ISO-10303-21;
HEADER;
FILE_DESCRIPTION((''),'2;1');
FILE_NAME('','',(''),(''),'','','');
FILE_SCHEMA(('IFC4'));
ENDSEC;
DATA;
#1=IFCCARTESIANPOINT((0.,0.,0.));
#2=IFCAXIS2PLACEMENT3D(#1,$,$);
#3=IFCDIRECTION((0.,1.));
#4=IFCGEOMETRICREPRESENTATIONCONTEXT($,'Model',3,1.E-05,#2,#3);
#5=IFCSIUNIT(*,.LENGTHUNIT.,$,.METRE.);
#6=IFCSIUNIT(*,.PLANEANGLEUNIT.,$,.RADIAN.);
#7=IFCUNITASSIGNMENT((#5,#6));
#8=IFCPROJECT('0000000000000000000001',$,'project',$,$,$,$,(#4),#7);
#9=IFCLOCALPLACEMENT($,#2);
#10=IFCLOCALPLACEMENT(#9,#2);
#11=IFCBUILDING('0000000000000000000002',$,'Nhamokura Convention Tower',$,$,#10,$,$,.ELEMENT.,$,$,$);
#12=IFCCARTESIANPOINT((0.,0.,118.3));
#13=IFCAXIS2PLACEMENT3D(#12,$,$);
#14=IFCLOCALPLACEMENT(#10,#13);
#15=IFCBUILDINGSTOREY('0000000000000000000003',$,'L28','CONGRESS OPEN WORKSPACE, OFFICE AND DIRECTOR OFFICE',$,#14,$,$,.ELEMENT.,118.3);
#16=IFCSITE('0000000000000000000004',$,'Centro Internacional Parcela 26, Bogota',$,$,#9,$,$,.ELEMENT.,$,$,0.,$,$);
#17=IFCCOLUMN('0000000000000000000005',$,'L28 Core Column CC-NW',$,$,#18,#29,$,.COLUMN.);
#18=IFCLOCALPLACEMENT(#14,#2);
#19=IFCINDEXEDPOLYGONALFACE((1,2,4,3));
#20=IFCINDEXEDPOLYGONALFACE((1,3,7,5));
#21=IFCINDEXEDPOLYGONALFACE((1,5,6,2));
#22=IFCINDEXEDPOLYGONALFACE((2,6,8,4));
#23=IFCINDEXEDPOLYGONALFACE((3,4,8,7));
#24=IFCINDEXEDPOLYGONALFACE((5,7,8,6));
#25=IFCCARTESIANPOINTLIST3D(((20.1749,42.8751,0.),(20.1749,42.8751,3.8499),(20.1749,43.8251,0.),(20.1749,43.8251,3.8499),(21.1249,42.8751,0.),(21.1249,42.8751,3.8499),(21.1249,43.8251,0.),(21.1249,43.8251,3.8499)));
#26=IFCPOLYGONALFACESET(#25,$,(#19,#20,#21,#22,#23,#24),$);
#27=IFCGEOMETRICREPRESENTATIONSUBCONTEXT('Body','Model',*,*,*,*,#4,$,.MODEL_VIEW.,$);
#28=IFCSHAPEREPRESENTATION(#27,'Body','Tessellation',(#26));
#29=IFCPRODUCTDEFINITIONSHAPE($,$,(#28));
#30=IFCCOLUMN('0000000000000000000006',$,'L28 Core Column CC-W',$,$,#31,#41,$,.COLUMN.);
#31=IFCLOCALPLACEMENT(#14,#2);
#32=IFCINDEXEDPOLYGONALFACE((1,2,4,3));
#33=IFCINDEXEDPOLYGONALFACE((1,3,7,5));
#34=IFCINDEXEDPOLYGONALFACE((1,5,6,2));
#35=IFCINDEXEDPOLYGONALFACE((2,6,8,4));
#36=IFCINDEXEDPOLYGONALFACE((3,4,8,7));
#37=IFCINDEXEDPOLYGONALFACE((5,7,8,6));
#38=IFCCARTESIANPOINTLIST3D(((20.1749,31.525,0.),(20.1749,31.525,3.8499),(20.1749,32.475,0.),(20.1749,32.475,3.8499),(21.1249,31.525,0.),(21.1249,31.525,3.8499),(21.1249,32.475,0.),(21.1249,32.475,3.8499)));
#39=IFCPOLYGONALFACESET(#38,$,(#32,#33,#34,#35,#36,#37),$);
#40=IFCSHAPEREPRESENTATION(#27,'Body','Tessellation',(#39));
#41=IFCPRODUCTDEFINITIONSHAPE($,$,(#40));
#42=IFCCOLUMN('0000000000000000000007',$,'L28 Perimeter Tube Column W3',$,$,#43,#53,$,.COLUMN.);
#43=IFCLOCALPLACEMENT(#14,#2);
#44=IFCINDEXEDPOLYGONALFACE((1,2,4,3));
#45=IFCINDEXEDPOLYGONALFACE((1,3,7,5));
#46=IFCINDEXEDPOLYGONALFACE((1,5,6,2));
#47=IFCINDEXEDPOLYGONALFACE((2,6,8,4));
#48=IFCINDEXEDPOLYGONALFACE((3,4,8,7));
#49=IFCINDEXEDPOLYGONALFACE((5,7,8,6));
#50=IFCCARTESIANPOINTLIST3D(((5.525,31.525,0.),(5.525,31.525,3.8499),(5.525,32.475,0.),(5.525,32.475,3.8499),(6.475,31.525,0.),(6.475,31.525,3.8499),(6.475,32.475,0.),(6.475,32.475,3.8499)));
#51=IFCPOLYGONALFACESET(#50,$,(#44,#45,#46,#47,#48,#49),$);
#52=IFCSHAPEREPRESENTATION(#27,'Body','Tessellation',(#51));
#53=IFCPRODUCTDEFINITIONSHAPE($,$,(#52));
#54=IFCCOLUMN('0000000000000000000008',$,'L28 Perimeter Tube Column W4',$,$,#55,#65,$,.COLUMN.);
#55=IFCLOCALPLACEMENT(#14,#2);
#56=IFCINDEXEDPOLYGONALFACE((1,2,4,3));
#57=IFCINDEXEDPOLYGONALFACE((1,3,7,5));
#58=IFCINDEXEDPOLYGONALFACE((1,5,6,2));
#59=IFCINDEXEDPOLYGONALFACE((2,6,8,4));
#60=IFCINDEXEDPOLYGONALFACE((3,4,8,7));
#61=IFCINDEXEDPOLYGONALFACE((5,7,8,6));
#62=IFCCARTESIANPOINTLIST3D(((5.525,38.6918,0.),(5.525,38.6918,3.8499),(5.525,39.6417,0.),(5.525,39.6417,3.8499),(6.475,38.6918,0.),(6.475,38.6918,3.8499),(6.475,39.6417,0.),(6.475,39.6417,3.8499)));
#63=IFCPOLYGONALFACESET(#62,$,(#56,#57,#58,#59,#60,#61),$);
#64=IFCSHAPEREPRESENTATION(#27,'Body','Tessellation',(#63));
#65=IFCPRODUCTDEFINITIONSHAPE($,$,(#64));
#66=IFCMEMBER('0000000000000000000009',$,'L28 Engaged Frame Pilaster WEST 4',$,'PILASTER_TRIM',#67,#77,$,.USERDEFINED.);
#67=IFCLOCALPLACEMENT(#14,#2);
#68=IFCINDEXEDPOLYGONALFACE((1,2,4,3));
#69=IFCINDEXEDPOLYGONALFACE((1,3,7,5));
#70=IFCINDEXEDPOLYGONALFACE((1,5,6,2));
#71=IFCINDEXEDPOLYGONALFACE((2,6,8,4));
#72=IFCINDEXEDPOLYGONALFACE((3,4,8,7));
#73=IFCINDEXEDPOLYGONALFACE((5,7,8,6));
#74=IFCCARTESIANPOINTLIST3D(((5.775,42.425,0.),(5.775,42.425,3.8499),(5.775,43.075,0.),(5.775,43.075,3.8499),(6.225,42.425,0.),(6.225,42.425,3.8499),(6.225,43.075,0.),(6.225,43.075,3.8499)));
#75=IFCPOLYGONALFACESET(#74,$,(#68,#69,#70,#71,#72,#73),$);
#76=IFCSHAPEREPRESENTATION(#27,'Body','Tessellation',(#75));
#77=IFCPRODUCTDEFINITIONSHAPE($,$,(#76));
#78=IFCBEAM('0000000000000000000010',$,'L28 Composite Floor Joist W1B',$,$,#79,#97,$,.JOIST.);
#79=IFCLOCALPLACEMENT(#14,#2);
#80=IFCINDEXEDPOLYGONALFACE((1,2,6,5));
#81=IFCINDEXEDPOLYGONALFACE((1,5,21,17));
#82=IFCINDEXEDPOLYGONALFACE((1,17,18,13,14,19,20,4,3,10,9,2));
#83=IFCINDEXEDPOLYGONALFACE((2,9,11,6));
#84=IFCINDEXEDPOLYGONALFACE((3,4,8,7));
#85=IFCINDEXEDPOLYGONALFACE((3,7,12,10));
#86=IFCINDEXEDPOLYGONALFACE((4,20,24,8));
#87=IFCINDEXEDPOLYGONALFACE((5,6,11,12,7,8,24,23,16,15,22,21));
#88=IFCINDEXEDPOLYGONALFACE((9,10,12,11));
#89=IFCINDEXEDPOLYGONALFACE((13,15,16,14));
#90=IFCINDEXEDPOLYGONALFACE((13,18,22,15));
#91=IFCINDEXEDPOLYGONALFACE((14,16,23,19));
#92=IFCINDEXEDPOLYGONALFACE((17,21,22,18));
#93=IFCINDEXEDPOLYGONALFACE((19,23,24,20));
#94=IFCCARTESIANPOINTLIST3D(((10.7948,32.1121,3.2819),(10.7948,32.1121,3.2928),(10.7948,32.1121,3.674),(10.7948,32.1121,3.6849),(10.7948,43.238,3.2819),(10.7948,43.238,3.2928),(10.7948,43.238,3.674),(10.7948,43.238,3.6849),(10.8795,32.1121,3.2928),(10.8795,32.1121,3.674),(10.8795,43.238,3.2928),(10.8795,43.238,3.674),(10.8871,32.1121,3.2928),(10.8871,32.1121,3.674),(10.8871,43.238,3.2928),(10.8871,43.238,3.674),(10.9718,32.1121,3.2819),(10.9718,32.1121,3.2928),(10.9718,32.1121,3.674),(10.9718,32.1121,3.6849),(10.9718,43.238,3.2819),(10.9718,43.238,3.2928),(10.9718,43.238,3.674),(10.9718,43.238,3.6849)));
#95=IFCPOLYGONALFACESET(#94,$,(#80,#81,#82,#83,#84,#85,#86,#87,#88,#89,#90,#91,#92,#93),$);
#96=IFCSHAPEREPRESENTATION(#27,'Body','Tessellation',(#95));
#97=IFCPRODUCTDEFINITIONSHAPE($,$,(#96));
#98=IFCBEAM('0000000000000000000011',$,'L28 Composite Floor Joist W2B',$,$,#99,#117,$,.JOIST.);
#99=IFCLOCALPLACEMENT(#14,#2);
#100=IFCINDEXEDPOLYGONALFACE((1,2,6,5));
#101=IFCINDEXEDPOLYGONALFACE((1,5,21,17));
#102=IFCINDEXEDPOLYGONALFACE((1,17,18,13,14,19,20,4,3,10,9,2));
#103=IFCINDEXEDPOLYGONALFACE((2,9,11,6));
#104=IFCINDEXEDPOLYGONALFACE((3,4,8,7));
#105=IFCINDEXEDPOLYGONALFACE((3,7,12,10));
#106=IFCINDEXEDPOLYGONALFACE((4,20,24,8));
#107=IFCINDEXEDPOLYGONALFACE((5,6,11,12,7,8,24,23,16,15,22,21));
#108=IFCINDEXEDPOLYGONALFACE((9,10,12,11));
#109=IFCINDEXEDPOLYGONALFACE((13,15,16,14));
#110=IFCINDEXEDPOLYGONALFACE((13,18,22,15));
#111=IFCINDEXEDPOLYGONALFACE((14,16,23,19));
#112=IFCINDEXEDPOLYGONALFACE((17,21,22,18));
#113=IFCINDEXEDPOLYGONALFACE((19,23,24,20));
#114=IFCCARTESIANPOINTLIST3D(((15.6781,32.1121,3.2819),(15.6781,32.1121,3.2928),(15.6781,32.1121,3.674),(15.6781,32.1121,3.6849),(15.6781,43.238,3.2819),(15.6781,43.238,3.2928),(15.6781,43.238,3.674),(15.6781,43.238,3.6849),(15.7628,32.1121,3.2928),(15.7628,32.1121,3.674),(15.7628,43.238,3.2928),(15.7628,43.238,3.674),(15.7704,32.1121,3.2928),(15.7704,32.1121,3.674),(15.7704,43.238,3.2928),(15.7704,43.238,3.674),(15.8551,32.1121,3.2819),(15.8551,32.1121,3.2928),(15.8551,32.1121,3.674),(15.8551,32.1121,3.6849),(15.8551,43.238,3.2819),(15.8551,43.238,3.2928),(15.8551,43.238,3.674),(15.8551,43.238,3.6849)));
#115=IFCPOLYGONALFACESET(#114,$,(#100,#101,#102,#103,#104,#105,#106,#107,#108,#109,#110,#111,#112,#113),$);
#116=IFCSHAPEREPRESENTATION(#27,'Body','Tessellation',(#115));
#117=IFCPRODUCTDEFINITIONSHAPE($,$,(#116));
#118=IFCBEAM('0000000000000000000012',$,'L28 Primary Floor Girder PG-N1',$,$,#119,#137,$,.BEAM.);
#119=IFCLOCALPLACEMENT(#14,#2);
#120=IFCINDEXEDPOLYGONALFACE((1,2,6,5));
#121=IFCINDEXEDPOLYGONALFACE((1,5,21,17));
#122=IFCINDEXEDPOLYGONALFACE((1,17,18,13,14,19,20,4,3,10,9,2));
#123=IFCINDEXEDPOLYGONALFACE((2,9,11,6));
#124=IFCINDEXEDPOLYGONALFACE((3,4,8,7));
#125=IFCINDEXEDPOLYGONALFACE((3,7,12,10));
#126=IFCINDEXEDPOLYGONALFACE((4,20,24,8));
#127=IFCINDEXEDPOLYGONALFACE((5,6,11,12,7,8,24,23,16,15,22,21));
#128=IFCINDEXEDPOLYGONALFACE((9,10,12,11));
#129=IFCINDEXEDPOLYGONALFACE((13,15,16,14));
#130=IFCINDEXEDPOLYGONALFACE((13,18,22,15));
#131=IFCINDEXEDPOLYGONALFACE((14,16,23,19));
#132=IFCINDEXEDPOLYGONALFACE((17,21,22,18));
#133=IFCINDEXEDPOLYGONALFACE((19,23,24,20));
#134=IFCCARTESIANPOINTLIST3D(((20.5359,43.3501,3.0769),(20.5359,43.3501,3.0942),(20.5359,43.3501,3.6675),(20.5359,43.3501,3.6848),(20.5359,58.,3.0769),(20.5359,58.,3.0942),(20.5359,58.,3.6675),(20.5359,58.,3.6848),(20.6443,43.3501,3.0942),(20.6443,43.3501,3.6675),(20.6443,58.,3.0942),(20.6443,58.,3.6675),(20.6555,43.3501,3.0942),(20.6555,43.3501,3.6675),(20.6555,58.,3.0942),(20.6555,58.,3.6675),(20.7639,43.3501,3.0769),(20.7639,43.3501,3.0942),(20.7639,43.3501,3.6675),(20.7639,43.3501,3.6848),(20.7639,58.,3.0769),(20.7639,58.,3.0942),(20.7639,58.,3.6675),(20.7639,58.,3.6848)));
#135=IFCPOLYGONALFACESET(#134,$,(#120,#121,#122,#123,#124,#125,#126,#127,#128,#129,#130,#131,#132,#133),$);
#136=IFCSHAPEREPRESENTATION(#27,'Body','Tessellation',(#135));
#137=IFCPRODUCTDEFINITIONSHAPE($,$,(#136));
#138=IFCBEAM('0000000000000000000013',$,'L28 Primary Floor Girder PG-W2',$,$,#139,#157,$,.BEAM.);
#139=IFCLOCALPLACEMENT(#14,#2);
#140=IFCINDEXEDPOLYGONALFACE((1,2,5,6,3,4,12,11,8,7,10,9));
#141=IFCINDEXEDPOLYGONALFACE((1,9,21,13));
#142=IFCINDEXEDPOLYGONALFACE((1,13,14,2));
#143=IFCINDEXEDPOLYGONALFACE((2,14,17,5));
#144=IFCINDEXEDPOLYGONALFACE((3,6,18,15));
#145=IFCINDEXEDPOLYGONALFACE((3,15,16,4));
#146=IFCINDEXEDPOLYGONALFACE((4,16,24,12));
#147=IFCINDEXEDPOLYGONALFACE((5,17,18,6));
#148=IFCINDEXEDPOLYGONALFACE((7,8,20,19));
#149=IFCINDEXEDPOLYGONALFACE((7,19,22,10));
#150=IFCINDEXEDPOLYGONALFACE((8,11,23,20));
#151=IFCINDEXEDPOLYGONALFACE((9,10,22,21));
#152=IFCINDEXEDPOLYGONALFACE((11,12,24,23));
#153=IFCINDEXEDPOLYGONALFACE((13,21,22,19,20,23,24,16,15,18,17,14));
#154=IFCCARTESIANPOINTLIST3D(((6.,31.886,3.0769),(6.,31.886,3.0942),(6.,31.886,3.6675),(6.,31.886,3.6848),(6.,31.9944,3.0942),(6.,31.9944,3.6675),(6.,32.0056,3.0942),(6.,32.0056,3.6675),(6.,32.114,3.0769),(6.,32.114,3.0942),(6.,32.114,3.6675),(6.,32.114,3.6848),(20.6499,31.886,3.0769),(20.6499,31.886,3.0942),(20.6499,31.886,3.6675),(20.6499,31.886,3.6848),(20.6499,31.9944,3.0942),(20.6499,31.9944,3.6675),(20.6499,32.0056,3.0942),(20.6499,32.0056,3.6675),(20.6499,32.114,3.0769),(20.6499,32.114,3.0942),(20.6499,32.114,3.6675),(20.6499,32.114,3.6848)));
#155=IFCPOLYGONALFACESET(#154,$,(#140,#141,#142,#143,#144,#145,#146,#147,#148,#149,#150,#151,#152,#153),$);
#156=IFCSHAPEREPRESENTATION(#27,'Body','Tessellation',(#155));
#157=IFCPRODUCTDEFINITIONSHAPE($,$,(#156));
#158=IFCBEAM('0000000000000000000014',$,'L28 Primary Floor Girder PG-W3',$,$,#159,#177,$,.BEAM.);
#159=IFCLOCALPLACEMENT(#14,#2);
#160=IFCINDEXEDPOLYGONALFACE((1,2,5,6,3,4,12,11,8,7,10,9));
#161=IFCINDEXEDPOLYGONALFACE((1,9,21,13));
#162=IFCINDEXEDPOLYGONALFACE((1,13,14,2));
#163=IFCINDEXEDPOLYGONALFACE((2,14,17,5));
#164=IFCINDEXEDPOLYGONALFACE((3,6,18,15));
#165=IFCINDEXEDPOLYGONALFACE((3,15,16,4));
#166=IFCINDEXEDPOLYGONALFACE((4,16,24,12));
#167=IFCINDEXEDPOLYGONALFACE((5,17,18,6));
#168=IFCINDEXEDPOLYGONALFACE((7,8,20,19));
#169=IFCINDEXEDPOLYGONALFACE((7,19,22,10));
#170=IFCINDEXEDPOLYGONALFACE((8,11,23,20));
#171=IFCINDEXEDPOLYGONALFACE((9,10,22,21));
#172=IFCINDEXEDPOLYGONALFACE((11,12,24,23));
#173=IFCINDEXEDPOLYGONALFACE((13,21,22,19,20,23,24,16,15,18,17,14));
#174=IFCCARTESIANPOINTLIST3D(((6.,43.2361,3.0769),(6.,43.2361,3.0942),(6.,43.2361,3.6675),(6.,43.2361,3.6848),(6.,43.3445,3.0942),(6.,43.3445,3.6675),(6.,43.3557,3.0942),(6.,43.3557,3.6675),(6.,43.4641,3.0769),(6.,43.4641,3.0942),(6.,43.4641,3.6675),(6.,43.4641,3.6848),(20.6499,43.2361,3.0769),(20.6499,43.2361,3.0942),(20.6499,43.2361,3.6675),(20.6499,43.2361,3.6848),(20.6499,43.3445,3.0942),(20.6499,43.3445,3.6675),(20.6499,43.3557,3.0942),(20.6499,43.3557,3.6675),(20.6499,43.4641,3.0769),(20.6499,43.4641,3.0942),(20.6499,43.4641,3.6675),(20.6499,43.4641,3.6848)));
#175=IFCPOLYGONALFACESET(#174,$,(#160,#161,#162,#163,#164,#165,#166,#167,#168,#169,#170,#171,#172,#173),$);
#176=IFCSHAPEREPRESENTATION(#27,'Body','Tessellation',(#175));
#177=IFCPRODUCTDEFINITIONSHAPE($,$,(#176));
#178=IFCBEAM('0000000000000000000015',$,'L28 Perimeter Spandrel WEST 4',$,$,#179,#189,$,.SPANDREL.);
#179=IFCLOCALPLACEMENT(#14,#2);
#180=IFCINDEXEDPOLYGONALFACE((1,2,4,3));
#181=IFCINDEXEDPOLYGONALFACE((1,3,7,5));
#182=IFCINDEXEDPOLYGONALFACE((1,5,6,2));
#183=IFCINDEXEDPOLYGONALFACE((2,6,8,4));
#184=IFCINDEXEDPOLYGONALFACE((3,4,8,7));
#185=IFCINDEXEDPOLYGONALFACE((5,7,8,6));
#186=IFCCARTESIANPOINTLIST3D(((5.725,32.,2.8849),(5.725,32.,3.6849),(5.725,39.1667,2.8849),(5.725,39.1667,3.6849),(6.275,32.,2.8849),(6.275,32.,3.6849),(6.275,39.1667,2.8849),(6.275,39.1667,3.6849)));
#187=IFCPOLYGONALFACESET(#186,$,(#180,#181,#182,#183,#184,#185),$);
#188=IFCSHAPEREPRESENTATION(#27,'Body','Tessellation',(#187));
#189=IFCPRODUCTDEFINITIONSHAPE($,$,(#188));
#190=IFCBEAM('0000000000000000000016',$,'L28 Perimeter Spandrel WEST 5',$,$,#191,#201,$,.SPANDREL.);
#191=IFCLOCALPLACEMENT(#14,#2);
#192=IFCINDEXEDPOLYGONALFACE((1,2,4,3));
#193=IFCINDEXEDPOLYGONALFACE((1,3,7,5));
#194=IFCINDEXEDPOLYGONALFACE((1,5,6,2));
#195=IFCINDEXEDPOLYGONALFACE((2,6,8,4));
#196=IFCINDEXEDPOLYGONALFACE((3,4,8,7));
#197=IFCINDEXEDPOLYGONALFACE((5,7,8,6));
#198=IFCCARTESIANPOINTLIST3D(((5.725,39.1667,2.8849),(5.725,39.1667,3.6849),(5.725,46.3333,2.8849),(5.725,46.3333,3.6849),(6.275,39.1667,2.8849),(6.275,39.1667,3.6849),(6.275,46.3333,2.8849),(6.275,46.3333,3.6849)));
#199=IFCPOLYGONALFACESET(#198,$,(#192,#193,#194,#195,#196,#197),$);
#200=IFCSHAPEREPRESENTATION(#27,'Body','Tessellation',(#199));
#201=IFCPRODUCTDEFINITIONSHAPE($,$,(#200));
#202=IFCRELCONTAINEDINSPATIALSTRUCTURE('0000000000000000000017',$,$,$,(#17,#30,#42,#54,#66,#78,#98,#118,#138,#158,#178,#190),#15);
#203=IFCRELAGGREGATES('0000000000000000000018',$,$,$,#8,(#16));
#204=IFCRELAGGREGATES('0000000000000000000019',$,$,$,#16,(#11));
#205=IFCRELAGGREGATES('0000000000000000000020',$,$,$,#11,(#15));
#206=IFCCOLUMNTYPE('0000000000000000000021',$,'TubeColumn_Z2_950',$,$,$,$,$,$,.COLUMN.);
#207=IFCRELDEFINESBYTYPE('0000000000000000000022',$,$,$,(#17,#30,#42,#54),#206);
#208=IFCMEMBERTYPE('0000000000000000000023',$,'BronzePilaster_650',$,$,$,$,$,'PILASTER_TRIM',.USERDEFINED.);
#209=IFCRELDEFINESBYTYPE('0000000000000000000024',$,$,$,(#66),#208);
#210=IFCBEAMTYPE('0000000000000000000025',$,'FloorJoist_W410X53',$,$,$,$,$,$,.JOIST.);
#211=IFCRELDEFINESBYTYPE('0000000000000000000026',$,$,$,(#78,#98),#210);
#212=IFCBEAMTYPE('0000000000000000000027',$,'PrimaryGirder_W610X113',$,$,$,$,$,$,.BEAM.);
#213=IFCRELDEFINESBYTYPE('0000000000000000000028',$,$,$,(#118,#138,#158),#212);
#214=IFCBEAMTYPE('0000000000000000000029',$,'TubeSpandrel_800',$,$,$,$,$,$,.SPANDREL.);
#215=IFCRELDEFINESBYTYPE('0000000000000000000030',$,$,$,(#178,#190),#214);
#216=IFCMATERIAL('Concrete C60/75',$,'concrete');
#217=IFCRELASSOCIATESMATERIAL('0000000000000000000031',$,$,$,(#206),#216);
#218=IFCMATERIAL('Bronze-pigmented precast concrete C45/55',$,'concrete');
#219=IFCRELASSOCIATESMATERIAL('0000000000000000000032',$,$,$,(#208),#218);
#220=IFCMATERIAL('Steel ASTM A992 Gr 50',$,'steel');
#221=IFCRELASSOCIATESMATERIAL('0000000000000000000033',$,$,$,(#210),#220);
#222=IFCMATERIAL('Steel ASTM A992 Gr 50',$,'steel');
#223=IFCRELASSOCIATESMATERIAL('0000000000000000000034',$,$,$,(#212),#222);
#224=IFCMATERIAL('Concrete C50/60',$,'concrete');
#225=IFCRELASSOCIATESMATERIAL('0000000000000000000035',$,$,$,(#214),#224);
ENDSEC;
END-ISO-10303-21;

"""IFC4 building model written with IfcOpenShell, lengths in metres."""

from ifc_helpers import new_model, si_unit, direction, frame, origin, origin_2d, place, context, subcontext, project, spatial, rectangle, i_section, extrude, material, material_profile, profile_set, type_object, element, save


model = new_model("IFC4")

# Units and contexts
model_context = context("Model", 3, precision=1e-05, world=origin(), true_north=direction((0.0, 1.0)))
body_context = subcontext(model_context, "Body", "Model", "MODEL_VIEW")
ifc_project = project(units=[si_unit("LENGTHUNIT", "METRE"), si_unit("PLANEANGLEUNIT", "RADIAN")], contexts=[model_context])

# Site, building, storey
site_placement = place(None, origin())
site = spatial("IfcSite", under=ifc_project, at=site_placement, Name="Centro Internacional Parcela 26, Bogota", CompositionType="ELEMENT", RefElevation=0.0)
building_placement = place(site_placement, origin())
building = spatial("IfcBuilding", under=site, at=building_placement, Name="Nhamokura Convention Tower", CompositionType="ELEMENT")
storey_placement = place(building_placement, frame((0.0, 0.0, 118.3)))
storey = spatial("IfcBuildingStorey", under=building, at=storey_placement, Name="L28", Description="CONGRESS OPEN WORKSPACE, OFFICE AND DIRECTOR OFFICE", CompositionType="ELEMENT", Elevation=118.3)

# Columns
ifc_material_1 = material(Name="Concrete C60/75", Category="concrete")
ifc_material_profile_1 = material_profile(ifc_material_1, rectangle(XDim=0.95, YDim=0.95, at=origin_2d()))
ifc_profile_set_1 = profile_set([ifc_material_profile_1], Name="Concrete C60/75")
column_type = type_object("IfcColumnType", Name="TubeColumn_Z2_950", PredefinedType="COLUMN", material=ifc_profile_set_1)
for number, where, z_axis, x_axis, name in (
    (1, (20.6499, 43.3501, 0.0), (0.0, 0.0, 1.0), (1.0, 0.0, 0.0), "L28 Core Column CC-NW"),
    (2, (20.6499, 32.0, 0.0), (0.0, 0.0, 1.0), (1.0, 0.0, 0.0), "L28 Core Column CC-W"),
    (3, (6.0, 32.0, 0.0), (0.0, 0.0, 1.0), (1.0, 0.0, 0.0), "L28 Perimeter Tube Column W3"),
    (4, (6.0, 39.1667, 0.0), (0.0, 0.0, 1.0), (1.0, 0.0, 0.0), "L28 Perimeter Tube Column W4"),
):
    element("IfcColumn", number, at=place(storey_placement, frame(where, z_axis=z_axis, x_axis=x_axis)), inside=storey, type_object=column_type, Name=name, PredefinedType="COLUMN", context=body_context, shape_type="SweptSolid", body=[
        extrude(rectangle(XDim=0.95, YDim=0.95, at=origin_2d()), origin(), (0.0, 0.0, 1.0), 3.8499),
    ])

# Member
ifc_material_2 = material(Name="Bronze-pigmented precast concrete C45/55", Category="concrete")
ifc_material_profile_2 = material_profile(ifc_material_2, rectangle(XDim=0.45, YDim=0.6499, at=origin_2d()))
ifc_profile_set_2 = profile_set([ifc_material_profile_2], Name="Bronze-pigmented precast concrete C45/55")
member_type = type_object("IfcMemberType", Name="BronzePilaster_650", ElementType="PILASTER_TRIM", PredefinedType="USERDEFINED", material=ifc_profile_set_2)
member_placement = place(storey_placement, frame((6.0, 42.75, 0.0), z_axis=(0.0, 0.0, 1.0), x_axis=(1.0, 0.0, 0.0)))
element("IfcMember", 5, at=member_placement, inside=storey, type_object=member_type, Name="L28 Engaged Frame Pilaster WEST 4", ObjectType="PILASTER_TRIM", PredefinedType="USERDEFINED", context=body_context, shape_type="SweptSolid", body=[
    extrude(rectangle(XDim=0.45, YDim=0.6499, at=origin_2d()), origin(), (0.0, 0.0, 1.0), 3.8499),
])

# Beams
ifc_material_3 = material(Name="Steel ASTM A992 Gr 50", Category="steel")
ifc_material_profile_3 = material_profile(ifc_material_3, i_section(OverallWidth=0.177, OverallDepth=0.4031, WebThickness=0.0076, FlangeThickness=0.011, at=origin_2d()))
ifc_profile_set_3 = profile_set([ifc_material_profile_3], Name="Steel ASTM A992 Gr 50")
beam_type_1 = type_object("IfcBeamType", Name="FloorJoist_W410X53", PredefinedType="JOIST", material=ifc_profile_set_3)
for number, where, z_axis, x_axis, name in (
    (6, (10.8833, 32.1121, 3.4834), (0.0, 1.0, 0.0), (-1.0, 0.0, 0.0), "L28 Composite Floor Joist W1B"),
    (7, (15.7666, 32.1121, 3.4834), (0.0, 1.0, 0.0), (-1.0, 0.0, 0.0), "L28 Composite Floor Joist W2B"),
):
    element("IfcBeam", number, at=place(storey_placement, frame(where, z_axis=z_axis, x_axis=x_axis)), inside=storey, type_object=beam_type_1, Name=name, PredefinedType="JOIST", context=body_context, shape_type="SweptSolid", body=[
        extrude(i_section(OverallWidth=0.177, OverallDepth=0.4031, WebThickness=0.0076, FlangeThickness=0.011, at=origin_2d()), origin(), (0.0, 0.0, 1.0), 11.126),
    ])
ifc_material_4 = material(Name="Steel ASTM A992 Gr 50", Category="steel")
ifc_material_profile_4 = material_profile(ifc_material_4, i_section(OverallWidth=0.228, OverallDepth=0.6079, WebThickness=0.0112, FlangeThickness=0.0173, at=origin_2d()))
ifc_profile_set_4 = profile_set([ifc_material_profile_4], Name="Steel ASTM A992 Gr 50")
beam_type_2 = type_object("IfcBeamType", Name="PrimaryGirder_W610X113", PredefinedType="BEAM", material=ifc_profile_set_4)
for number, where, z_axis, x_axis, name in (
    (8, (20.6499, 43.3501, 3.3809), (0.0, 1.0, 0.0), (-1.0, 0.0, 0.0), "L28 Primary Floor Girder PG-N1"),
    (9, (6.0, 32.0, 3.3809), (1.0, 0.0, 0.0), (0.0, 1.0, 0.0), "L28 Primary Floor Girder PG-W2"),
    (10, (6.0, 43.3501, 3.3809), (1.0, 0.0, 0.0), (0.0, 1.0, 0.0), "L28 Primary Floor Girder PG-W3"),
):
    element("IfcBeam", number, at=place(storey_placement, frame(where, z_axis=z_axis, x_axis=x_axis)), inside=storey, type_object=beam_type_2, Name=name, PredefinedType="BEAM", context=body_context, shape_type="SweptSolid", body=[
        extrude(i_section(OverallWidth=0.228, OverallDepth=0.6079, WebThickness=0.0112, FlangeThickness=0.0173, at=origin_2d()), origin(), (0.0, 0.0, 1.0), 14.6499),
    ])
ifc_material_5 = material(Name="Concrete C50/60", Category="concrete")
ifc_material_profile_5 = material_profile(ifc_material_5, rectangle(XDim=0.55, YDim=0.8, at=origin_2d()))
ifc_profile_set_5 = profile_set([ifc_material_profile_5], Name="Concrete C50/60")
beam_type_3 = type_object("IfcBeamType", Name="TubeSpandrel_800", PredefinedType="SPANDREL", material=ifc_profile_set_5)
beam_1_placement = place(storey_placement, frame((6.0, 32.0, 3.2849), z_axis=(0.0, 1.0, 0.0), x_axis=(-1.0, 0.0, 0.0)))
element("IfcBeam", 11, at=beam_1_placement, inside=storey, type_object=beam_type_3, Name="L28 Perimeter Spandrel WEST 4", PredefinedType="SPANDREL", context=body_context, shape_type="SweptSolid", body=[
    extrude(rectangle(XDim=0.55, YDim=0.8, at=origin_2d()), origin(), (0.0, 0.0, 1.0), 7.1667),
])
beam_2_placement = place(storey_placement, frame((6.0, 39.1667, 3.2849), z_axis=(0.0, 1.0, 0.0), x_axis=(-1.0, 0.0, 0.0)))
element("IfcBeam", 12, at=beam_2_placement, inside=storey, type_object=beam_type_3, Name="L28 Perimeter Spandrel WEST 5", PredefinedType="SPANDREL", context=body_context, shape_type="SweptSolid", body=[
    extrude(rectangle(XDim=0.55, YDim=0.8, at=origin_2d()), origin(), (0.0, 0.0, 1.0), 7.1665),
])

save(model, "model.ifc")
